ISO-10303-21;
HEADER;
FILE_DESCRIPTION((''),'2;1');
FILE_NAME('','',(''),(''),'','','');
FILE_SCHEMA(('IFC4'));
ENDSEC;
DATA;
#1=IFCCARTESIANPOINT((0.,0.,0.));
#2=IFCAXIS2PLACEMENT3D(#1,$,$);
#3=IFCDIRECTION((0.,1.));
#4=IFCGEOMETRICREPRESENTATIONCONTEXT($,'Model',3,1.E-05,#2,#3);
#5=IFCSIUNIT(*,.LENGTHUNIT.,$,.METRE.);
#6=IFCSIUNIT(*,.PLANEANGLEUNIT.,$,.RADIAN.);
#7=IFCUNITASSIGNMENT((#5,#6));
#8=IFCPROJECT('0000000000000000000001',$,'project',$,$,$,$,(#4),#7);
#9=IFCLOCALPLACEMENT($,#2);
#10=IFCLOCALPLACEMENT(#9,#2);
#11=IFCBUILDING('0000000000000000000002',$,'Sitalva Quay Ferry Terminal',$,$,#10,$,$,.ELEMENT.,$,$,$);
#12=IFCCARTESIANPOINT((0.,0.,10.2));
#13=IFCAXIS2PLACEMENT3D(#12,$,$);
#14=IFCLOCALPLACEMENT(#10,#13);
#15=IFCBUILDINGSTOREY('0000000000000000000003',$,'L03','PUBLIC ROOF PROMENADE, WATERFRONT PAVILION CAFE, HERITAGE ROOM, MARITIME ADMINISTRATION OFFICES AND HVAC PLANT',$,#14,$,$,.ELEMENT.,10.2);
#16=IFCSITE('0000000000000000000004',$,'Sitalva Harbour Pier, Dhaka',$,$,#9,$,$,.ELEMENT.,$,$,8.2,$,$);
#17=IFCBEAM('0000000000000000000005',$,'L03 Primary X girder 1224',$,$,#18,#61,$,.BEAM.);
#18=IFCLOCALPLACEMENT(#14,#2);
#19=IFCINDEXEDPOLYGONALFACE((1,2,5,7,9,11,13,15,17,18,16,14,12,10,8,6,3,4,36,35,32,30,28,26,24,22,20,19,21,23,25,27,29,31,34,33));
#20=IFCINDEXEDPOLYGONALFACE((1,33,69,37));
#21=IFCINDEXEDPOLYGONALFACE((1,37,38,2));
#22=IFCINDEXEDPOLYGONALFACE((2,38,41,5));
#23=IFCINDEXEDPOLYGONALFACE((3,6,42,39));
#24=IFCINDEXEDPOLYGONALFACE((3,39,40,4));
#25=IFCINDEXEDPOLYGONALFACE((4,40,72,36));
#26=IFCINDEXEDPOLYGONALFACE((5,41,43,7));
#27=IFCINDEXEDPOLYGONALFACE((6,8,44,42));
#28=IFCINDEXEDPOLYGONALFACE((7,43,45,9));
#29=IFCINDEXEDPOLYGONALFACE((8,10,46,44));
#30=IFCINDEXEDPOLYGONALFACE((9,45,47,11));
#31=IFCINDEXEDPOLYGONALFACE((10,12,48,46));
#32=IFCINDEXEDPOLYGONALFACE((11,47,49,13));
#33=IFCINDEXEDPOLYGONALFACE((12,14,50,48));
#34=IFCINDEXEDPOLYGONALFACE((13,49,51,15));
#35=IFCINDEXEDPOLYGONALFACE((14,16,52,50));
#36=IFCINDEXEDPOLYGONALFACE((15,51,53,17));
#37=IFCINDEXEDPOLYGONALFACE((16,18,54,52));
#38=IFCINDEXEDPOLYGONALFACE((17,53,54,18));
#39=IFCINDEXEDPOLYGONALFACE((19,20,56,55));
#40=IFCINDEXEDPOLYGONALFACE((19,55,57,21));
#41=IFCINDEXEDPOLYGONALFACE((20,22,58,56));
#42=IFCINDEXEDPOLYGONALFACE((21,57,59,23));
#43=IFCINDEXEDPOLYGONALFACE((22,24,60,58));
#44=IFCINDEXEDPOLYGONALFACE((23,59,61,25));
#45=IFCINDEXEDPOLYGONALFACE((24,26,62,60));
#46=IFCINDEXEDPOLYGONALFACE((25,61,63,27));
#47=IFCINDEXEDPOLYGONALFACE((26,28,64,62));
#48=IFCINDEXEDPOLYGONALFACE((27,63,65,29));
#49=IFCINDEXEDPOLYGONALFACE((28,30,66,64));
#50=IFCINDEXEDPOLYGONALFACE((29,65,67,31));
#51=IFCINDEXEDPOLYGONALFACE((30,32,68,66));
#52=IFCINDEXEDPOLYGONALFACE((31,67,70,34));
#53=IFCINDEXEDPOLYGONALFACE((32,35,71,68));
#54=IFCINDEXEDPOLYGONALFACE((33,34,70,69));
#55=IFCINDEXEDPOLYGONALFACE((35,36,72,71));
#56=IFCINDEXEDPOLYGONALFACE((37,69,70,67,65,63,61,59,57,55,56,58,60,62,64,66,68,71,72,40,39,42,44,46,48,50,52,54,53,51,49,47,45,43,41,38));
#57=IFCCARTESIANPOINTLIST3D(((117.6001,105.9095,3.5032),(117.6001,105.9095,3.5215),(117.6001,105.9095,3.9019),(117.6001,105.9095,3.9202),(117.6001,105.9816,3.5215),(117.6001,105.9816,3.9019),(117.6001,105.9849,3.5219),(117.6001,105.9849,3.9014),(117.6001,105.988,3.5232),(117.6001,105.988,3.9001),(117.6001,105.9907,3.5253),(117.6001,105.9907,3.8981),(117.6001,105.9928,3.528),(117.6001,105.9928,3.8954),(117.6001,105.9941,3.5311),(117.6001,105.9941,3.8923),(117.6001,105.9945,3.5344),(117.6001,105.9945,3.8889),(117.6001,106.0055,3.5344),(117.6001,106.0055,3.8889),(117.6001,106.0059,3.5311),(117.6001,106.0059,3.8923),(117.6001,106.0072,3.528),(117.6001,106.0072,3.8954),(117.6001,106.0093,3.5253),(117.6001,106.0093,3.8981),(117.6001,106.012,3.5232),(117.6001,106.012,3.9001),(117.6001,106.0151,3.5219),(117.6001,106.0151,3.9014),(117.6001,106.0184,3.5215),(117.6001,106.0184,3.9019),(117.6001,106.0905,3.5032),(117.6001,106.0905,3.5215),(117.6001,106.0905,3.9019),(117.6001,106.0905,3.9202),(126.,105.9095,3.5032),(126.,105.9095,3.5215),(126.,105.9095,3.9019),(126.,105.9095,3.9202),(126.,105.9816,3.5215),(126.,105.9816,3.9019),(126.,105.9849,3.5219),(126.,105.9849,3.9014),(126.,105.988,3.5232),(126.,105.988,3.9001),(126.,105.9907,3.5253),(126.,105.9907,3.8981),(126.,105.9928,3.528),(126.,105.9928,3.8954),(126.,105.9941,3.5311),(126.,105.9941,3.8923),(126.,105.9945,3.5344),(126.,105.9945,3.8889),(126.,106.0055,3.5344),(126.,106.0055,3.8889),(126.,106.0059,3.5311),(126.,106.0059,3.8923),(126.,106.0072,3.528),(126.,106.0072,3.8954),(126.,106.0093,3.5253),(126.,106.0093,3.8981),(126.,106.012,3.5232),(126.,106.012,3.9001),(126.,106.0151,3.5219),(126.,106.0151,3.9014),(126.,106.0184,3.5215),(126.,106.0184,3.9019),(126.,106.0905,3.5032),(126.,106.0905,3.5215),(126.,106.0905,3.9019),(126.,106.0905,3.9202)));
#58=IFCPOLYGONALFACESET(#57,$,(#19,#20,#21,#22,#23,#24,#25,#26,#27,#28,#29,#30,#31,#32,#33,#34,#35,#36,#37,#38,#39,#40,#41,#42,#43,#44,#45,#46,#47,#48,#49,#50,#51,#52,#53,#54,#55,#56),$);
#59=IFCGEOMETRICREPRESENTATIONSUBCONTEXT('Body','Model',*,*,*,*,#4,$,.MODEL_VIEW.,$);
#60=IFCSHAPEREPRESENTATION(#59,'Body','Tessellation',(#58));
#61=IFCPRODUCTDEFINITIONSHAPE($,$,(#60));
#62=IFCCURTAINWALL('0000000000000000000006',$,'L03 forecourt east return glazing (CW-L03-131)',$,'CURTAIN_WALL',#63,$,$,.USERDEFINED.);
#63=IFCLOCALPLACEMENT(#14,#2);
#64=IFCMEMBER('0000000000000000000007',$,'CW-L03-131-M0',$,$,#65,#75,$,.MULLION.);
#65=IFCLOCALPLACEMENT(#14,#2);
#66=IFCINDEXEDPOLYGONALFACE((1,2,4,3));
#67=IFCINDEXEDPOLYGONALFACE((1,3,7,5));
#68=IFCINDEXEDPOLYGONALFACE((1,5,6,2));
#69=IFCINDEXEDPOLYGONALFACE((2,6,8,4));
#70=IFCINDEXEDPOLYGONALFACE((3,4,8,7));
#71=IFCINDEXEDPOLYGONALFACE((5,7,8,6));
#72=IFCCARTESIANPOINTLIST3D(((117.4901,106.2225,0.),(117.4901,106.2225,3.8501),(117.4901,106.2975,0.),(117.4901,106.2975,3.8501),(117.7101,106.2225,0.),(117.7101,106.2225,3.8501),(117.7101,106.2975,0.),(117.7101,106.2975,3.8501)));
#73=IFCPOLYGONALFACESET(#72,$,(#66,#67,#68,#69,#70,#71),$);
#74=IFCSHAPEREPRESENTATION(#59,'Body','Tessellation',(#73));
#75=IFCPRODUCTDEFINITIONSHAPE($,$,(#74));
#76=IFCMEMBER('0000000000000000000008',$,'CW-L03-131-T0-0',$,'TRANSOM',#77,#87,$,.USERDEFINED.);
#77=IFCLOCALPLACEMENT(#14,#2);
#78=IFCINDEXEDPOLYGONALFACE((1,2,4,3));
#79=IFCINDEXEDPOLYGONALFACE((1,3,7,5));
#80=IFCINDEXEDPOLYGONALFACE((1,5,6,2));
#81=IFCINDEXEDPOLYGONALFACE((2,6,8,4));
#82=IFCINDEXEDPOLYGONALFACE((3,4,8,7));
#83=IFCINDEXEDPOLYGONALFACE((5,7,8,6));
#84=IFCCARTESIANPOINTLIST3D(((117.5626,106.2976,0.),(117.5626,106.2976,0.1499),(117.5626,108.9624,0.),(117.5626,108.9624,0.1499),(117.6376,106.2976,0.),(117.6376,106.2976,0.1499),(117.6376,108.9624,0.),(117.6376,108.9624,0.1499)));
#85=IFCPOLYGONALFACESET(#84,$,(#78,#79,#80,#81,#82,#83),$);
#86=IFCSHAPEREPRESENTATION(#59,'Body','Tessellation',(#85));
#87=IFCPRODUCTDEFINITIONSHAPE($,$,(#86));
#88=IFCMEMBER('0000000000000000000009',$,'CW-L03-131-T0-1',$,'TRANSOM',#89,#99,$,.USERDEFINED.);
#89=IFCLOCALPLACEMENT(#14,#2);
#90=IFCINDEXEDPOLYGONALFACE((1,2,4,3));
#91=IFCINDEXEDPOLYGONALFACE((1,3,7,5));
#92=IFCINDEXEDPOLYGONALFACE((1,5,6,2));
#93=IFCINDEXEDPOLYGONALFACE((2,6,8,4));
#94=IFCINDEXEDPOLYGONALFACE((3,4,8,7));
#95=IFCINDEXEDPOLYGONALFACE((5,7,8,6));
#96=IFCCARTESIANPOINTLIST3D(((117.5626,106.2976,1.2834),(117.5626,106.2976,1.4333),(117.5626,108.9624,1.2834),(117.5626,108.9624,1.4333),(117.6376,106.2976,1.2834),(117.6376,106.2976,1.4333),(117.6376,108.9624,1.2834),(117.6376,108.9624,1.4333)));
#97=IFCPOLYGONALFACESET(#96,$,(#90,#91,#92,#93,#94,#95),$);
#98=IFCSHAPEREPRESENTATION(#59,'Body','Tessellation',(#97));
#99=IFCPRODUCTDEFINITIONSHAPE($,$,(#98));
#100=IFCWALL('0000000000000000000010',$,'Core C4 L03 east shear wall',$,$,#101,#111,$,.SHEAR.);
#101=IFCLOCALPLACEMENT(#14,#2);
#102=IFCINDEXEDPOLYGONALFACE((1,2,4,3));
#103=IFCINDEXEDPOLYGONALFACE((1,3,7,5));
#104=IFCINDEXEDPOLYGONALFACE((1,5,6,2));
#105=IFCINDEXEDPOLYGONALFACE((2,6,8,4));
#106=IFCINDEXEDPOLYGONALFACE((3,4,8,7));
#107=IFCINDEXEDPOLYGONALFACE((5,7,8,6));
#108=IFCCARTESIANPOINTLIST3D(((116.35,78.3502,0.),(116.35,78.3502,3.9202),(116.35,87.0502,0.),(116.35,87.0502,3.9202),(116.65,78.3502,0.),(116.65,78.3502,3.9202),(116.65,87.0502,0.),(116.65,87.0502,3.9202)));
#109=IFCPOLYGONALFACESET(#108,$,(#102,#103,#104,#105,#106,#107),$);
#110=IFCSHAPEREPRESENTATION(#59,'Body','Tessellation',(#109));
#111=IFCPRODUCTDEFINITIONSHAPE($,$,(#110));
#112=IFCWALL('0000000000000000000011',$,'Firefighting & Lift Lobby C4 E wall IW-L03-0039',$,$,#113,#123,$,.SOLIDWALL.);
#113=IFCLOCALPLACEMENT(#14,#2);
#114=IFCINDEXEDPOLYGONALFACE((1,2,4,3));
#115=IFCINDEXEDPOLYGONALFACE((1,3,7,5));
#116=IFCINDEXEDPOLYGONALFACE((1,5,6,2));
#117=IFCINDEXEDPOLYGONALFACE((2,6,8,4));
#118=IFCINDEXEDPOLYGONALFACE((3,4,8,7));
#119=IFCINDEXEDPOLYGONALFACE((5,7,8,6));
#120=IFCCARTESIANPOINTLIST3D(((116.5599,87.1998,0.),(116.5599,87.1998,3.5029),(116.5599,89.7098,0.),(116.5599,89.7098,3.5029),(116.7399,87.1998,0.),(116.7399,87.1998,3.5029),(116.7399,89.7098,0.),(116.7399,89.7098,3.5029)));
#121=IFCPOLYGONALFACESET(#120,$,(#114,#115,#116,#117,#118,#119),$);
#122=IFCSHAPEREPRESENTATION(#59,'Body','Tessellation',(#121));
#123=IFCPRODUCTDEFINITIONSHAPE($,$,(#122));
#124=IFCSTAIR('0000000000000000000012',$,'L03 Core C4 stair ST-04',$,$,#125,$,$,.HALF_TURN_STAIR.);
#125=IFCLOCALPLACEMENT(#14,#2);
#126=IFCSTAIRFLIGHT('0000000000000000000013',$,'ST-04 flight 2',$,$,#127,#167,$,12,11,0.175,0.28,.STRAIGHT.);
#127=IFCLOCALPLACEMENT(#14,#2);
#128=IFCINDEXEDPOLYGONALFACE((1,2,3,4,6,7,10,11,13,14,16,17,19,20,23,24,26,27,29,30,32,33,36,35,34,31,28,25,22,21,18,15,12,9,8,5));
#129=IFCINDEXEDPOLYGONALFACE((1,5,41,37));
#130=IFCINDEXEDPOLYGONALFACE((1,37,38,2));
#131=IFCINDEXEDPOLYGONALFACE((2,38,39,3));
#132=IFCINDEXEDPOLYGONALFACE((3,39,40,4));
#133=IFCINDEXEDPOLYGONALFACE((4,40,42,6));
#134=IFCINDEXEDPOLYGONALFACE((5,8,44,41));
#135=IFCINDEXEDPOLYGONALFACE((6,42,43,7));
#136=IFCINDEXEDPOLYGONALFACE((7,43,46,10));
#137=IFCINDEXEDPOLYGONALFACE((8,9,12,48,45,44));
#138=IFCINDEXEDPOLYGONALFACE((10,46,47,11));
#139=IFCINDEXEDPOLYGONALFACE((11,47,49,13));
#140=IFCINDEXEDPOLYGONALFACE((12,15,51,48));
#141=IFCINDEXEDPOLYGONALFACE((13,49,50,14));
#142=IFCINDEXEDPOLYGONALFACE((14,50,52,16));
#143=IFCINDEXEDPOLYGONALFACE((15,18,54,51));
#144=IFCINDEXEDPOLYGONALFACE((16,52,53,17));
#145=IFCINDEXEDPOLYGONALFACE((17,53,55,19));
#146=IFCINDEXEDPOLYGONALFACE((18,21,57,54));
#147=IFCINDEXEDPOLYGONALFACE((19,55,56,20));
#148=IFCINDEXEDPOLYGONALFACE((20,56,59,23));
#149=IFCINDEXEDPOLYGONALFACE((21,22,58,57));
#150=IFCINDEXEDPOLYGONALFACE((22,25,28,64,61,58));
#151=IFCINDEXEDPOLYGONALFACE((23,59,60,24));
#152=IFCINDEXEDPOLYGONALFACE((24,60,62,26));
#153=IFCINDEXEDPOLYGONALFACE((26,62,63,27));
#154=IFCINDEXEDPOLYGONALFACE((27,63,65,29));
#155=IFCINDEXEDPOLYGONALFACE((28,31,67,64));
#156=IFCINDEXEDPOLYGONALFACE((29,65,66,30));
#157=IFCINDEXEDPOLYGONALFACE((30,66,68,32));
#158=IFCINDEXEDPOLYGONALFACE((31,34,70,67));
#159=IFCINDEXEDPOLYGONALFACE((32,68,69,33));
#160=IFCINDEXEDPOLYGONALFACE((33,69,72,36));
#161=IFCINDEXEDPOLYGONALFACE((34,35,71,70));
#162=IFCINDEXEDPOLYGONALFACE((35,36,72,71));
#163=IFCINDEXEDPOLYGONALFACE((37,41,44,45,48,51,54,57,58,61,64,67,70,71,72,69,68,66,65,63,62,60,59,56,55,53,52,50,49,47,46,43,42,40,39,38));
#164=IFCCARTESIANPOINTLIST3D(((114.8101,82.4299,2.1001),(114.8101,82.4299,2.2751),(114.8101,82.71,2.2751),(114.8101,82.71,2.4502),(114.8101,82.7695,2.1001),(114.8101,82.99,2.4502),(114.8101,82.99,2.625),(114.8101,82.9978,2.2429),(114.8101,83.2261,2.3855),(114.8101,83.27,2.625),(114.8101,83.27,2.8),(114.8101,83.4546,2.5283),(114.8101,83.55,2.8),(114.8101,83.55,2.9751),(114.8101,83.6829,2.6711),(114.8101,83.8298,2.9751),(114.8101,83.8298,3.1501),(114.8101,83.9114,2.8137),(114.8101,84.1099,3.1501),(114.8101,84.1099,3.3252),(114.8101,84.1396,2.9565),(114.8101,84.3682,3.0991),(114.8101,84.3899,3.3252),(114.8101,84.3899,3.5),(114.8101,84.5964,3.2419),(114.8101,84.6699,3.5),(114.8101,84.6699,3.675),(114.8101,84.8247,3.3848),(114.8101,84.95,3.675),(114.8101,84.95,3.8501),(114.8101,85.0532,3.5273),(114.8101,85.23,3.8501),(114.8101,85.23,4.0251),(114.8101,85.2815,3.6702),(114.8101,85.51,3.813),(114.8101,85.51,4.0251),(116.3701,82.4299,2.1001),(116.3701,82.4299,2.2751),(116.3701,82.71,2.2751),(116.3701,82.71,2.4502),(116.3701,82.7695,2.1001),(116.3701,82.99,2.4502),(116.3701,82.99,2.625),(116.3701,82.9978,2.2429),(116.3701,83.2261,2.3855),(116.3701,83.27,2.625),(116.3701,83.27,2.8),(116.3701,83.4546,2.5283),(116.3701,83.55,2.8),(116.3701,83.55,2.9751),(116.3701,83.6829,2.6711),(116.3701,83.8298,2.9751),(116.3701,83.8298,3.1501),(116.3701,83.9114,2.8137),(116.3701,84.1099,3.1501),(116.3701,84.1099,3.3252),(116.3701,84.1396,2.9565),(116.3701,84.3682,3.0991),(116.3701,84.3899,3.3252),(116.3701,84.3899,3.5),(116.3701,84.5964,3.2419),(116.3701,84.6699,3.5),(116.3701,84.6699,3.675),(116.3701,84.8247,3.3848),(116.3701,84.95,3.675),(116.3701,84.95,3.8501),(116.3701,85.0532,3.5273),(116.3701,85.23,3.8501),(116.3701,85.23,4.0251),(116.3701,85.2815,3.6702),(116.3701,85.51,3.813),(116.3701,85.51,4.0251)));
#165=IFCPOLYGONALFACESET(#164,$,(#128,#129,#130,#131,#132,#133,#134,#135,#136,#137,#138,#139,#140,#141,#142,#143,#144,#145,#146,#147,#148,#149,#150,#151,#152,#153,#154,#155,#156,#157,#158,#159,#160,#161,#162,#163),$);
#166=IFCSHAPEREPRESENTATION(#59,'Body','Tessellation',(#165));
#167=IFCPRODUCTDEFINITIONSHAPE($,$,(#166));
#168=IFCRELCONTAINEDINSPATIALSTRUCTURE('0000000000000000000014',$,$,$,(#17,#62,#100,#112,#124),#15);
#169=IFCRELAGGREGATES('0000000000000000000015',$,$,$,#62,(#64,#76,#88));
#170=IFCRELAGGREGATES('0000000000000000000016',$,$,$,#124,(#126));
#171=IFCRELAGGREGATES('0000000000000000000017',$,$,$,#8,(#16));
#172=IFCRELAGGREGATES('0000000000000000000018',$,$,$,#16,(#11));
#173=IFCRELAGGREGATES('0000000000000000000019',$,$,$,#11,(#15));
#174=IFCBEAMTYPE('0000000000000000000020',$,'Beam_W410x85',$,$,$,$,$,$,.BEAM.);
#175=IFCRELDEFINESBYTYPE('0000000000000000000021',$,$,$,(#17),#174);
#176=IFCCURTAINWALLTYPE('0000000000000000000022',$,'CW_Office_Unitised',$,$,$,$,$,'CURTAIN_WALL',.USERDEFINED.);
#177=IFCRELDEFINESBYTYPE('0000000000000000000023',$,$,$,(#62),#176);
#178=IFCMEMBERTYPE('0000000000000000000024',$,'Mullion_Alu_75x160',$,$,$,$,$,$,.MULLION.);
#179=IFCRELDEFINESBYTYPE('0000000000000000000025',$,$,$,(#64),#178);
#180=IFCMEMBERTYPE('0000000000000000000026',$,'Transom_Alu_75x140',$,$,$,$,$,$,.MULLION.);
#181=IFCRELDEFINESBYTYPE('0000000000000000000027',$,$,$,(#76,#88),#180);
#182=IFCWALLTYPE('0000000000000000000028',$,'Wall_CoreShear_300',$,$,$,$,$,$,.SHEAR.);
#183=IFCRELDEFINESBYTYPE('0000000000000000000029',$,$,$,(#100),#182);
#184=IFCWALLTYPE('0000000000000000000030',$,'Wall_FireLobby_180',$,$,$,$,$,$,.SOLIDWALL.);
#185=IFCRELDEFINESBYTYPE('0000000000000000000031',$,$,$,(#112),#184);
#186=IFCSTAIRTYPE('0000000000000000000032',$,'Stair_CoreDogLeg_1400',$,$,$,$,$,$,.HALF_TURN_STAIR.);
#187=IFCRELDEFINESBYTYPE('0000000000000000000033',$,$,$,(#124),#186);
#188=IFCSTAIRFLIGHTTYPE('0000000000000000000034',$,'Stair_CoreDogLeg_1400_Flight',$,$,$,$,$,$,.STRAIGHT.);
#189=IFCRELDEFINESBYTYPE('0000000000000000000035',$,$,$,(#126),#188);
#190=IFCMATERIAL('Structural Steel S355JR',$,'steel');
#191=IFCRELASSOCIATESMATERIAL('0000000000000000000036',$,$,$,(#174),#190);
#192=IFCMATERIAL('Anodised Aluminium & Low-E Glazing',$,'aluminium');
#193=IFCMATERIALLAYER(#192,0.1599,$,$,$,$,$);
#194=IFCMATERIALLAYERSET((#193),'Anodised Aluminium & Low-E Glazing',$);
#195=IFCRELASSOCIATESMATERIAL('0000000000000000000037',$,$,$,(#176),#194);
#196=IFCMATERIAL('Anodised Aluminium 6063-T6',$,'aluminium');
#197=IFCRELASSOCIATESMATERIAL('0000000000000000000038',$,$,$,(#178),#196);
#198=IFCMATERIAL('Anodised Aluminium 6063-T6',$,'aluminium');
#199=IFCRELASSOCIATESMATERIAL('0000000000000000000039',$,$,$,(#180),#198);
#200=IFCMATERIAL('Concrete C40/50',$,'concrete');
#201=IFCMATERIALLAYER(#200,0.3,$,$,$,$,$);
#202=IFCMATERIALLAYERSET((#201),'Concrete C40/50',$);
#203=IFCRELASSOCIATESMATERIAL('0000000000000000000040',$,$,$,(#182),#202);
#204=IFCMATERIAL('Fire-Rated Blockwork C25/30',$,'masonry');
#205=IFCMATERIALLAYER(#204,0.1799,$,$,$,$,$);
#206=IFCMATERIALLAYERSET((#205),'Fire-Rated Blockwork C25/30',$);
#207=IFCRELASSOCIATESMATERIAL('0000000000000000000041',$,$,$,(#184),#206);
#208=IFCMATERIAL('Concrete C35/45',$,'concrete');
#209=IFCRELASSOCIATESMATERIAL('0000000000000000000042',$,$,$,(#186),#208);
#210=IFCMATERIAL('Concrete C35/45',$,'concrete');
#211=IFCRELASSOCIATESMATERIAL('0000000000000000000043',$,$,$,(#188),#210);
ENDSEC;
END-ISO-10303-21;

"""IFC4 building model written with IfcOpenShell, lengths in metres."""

from ifc_helpers import new_model, si_unit, direction, frame, frame_2d, origin, origin_2d, place, context, subcontext, project, spatial, polyline, rectangle, i_section, outline, extrude, material, layer, layer_set, material_profile, profile_set, type_object, element, aggregate, save


model = new_model("IFC4")

# Units and contexts
model_context = context("Model", 3, precision=1e-05, world=origin(), true_north=direction((0.0, 1.0)))
body_context = subcontext(model_context, "Body", "Model", "MODEL_VIEW")
ifc_project = project(units=[si_unit("LENGTHUNIT", "METRE"), si_unit("PLANEANGLEUNIT", "RADIAN")], contexts=[model_context])

# Site, building, storey
site_placement = place(None, origin())
site = spatial("IfcSite", under=ifc_project, at=site_placement, Name="Sitalva Harbour Pier, Dhaka", CompositionType="ELEMENT", RefElevation=8.2)
building_placement = place(site_placement, origin())
building = spatial("IfcBuilding", under=site, at=building_placement, Name="Sitalva Quay Ferry Terminal", CompositionType="ELEMENT")
storey_placement = place(building_placement, frame((0.0, 0.0, 10.2)))
storey = spatial("IfcBuildingStorey", under=building, at=storey_placement, Name="L03", Description="PUBLIC ROOF PROMENADE, WATERFRONT PAVILION CAFE, HERITAGE ROOM, MARITIME ADMINISTRATION OFFICES AND HVAC PLANT", CompositionType="ELEMENT", Elevation=10.2)

# Beam
ifc_material_1 = material(Name="Structural Steel S355JR", Category="steel")
ifc_material_profile_1 = material_profile(ifc_material_1, i_section(OverallWidth=0.1809, OverallDepth=0.417, WebThickness=0.011, FlangeThickness=0.0183, FilletRadius=0.0129, at=origin_2d()), Name="W410x85")
ifc_profile_set_1 = profile_set([ifc_material_profile_1], Name="Structural Steel S355JR")
beam_type_1 = type_object("IfcBeamType", Name="Beam_W410x85", PredefinedType="BEAM", material=ifc_profile_set_1)
for number, where, z_axis, x_axis, name in (
    (1, (117.6001, 106.0, 3.7117), (1.0, 0.0, 0.0), (0.0, 1.0, 0.0), "L03 Primary X girder 1224"),
):
    element("IfcBeam", number, at=place(storey_placement, frame(where, z_axis=z_axis, x_axis=x_axis)), inside=storey, type_object=beam_type_1, Name=name, PredefinedType="BEAM", context=body_context, shape_type="SweptSolid", body=[
        extrude(i_section(OverallWidth=0.1809, OverallDepth=0.417, WebThickness=0.011, FlangeThickness=0.0183, FilletRadius=0.0129, at=origin_2d()), origin(), (0.0, 0.0, 1.0), 8.3999),
    ])

# Curtain wall, members
ifc_material_2 = material(Name="Anodised Aluminium & Low-E Glazing", Category="aluminium")
ifc_layer_1 = layer(ifc_material_2, 0.1599)
ifc_layer_set_1 = layer_set([ifc_layer_1], Name="Anodised Aluminium & Low-E Glazing")
curtain_wall_type = type_object("IfcCurtainWallType", Name="CW_Office_Unitised", ElementType="CURTAIN_WALL", PredefinedType="USERDEFINED", material=ifc_layer_set_1)
curtain_wall_placement = place(storey_placement, origin())
curtain_wall = element("IfcCurtainWall", 2, at=curtain_wall_placement, inside=storey, type_object=curtain_wall_type, Name="L03 forecourt east return glazing (CW-L03-131)", ObjectType="CURTAIN_WALL", PredefinedType="USERDEFINED")
ifc_material_3 = material(Name="Anodised Aluminium 6063-T6", Category="aluminium")
ifc_material_profile_2 = material_profile(ifc_material_3, rectangle(XDim=0.075, YDim=0.22, at=origin_2d()), Name="ALU75x220")
ifc_profile_set_2 = profile_set([ifc_material_profile_2], Name="Anodised Aluminium 6063-T6")
member_type_1 = type_object("IfcMemberType", Name="Mullion_Alu_75x160", PredefinedType="MULLION", material=ifc_profile_set_2)
member_1_placement = place(storey_placement, frame((117.6001, 106.26, 0.0), z_axis=(0.0, 0.0, 1.0), x_axis=(0.0, 1.0, 0.0)))
member_1 = element("IfcMember", 3, at=member_1_placement, type_object=member_type_1, Name="CW-L03-131-M0", PredefinedType="MULLION", context=body_context, shape_type="SweptSolid", body=[
    extrude(rectangle(XDim=0.075, YDim=0.22, at=origin_2d()), origin(), (0.0, 0.0, 1.0), 3.8501),
])
ifc_material_4 = material(Name="Anodised Aluminium 6063-T6", Category="aluminium")
ifc_material_profile_3 = material_profile(ifc_material_4, rectangle(XDim=0.075, YDim=0.1499, at=origin_2d()), Name="ALU75x150")
ifc_profile_set_3 = profile_set([ifc_material_profile_3], Name="Anodised Aluminium 6063-T6")
member_type_2 = type_object("IfcMemberType", Name="Transom_Alu_75x140", PredefinedType="MULLION", material=ifc_profile_set_3)
member_2_placement = place(storey_placement, frame((117.6001, 106.2976, 0.075), z_axis=(0.0, 1.0, 0.0), x_axis=(-1.0, 0.0, 0.0)))
member_2 = element("IfcMember", 4, at=member_2_placement, type_object=member_type_2, Name="CW-L03-131-T0-0", ObjectType="TRANSOM", PredefinedType="USERDEFINED", context=body_context, shape_type="SweptSolid", body=[
    extrude(rectangle(XDim=0.075, YDim=0.1499, at=origin_2d()), origin(), (0.0, 0.0, 1.0), 2.6648),
])
member_3_placement = place(storey_placement, frame((117.6001, 106.2976, 1.3584), z_axis=(0.0, 1.0, 0.0), x_axis=(-1.0, 0.0, 0.0)))
member_3 = element("IfcMember", 5, at=member_3_placement, type_object=member_type_2, Name="CW-L03-131-T0-1", ObjectType="TRANSOM", PredefinedType="USERDEFINED", context=body_context, shape_type="SweptSolid", body=[
    extrude(rectangle(XDim=0.075, YDim=0.1499, at=origin_2d()), origin(), (0.0, 0.0, 1.0), 2.6648),
])
aggregate(curtain_wall, [member_1, member_2, member_3])

# Walls
ifc_material_5 = material(Name="Concrete C40/50", Category="concrete")
ifc_layer_2 = layer(ifc_material_5, 0.3)
ifc_layer_set_2 = layer_set([ifc_layer_2], Name="Concrete C40/50")
wall_type_1 = type_object("IfcWallType", Name="Wall_CoreShear_300", PredefinedType="SHEAR", material=ifc_layer_set_2)
wall_1_placement = place(storey_placement, frame((116.5, 78.3501, 0.0), z_axis=(0.0, 0.0, 1.0), x_axis=(0.0, 1.0, 0.0)))
element("IfcWall", 6, at=wall_1_placement, inside=storey, type_object=wall_type_1, Name="Core C4 L03 east shear wall", PredefinedType="SHEAR", context=body_context, shape_type="SweptSolid", body=[
    extrude(rectangle(XDim=8.7, YDim=0.3, at=frame_2d((4.3501, 0.0))), origin(), (0.0, 0.0, 1.0), 3.9202),
])
ifc_material_6 = material(Name="Fire-Rated Blockwork C25/30", Category="masonry")
ifc_layer_3 = layer(ifc_material_6, 0.1799)
ifc_layer_set_3 = layer_set([ifc_layer_3], Name="Fire-Rated Blockwork C25/30")
wall_type_2 = type_object("IfcWallType", Name="Wall_FireLobby_180", PredefinedType="SOLIDWALL", material=ifc_layer_set_3)
wall_2_placement = place(storey_placement, frame((116.6499, 87.2, 0.0), z_axis=(0.0, 0.0, 1.0), x_axis=(0.0, 1.0, 0.0)))
element("IfcWall", 7, at=wall_2_placement, inside=storey, type_object=wall_type_2, Name="Firefighting & Lift Lobby C4 E wall IW-L03-0039", PredefinedType="SOLIDWALL", context=body_context, shape_type="SweptSolid", body=[
    extrude(rectangle(XDim=2.51, YDim=0.1799, at=frame_2d((1.2549, 0.0))), origin(), (0.0, 0.0, 1.0), 3.5029),
])

# Stair, stair flight
ifc_material_7 = material(Name="Concrete C35/45", Category="concrete")
stair_type = type_object("IfcStairType", Name="Stair_CoreDogLeg_1400", PredefinedType="HALF_TURN_STAIR", material=ifc_material_7)
stair_placement = place(storey_placement, origin())
stair = element("IfcStair", 8, at=stair_placement, inside=storey, type_object=stair_type, Name="L03 Core C4 stair ST-04", PredefinedType="HALF_TURN_STAIR")
ifc_material_8 = material(Name="Concrete C35/45", Category="concrete")
stair_flight_type = type_object("IfcStairFlightType", Name="Stair_CoreDogLeg_1400_Flight", PredefinedType="STRAIGHT", material=ifc_material_8)
stair_flight_placement = place(storey_placement, frame((115.5901, 82.4299, 2.1001), z_axis=(0.0, 0.0, 1.0), x_axis=(0.0, 1.0, 0.0)))
stair_flight = element("IfcStairFlight", 9, at=stair_flight_placement, type_object=stair_flight_type, Name="ST-04 flight 2", NumberOfRisers=12, NumberOfTreads=11, PredefinedType="STRAIGHT", RiserHeight=0.175, TreadLength=0.28, context=body_context, shape_type="SweptSolid", body=[
    extrude(outline(polyline([(0.0, 0.0), (0.0, 0.175), (0.28, 0.175), (0.28, 0.3501), (0.5601, 0.3501), (0.5601, 0.5249), (0.8401, 0.5249), (0.8401, 0.7), (1.1201, 0.7), (1.1201, 0.875), (1.3999, 0.875), (1.3999, 1.05), (1.6799, 1.05), (1.6799, 1.2251), (1.96, 1.2251), (1.96, 1.3999), (2.24, 1.3999), (2.24, 1.575), (2.52, 1.575), (2.52, 1.75), (2.8, 1.75), (2.8, 1.925), (3.0801, 1.925), (3.0801, 2.1001), (3.0801, 1.7129), (2.8516, 1.5701), (2.6233, 1.4272), (2.3948, 1.2847), (2.1665, 1.1418), (1.9382, 0.999), (1.7097, 0.8564), (1.4814, 0.7136), (1.2529, 0.571), (1.0247, 0.4282), (0.7961, 0.2854), (0.5679, 0.1428), (0.3396, 0.0), (0.0, 0.0)])), frame((0.0, 0.78, 0.0), z_axis=(0.0, -1.0, 0.0), x_axis=(1.0, 0.0, 0.0)), (0.0, 0.0, 1.0), 1.5601),
])
aggregate(stair, [stair_flight])

save(model, "model.ifc")
